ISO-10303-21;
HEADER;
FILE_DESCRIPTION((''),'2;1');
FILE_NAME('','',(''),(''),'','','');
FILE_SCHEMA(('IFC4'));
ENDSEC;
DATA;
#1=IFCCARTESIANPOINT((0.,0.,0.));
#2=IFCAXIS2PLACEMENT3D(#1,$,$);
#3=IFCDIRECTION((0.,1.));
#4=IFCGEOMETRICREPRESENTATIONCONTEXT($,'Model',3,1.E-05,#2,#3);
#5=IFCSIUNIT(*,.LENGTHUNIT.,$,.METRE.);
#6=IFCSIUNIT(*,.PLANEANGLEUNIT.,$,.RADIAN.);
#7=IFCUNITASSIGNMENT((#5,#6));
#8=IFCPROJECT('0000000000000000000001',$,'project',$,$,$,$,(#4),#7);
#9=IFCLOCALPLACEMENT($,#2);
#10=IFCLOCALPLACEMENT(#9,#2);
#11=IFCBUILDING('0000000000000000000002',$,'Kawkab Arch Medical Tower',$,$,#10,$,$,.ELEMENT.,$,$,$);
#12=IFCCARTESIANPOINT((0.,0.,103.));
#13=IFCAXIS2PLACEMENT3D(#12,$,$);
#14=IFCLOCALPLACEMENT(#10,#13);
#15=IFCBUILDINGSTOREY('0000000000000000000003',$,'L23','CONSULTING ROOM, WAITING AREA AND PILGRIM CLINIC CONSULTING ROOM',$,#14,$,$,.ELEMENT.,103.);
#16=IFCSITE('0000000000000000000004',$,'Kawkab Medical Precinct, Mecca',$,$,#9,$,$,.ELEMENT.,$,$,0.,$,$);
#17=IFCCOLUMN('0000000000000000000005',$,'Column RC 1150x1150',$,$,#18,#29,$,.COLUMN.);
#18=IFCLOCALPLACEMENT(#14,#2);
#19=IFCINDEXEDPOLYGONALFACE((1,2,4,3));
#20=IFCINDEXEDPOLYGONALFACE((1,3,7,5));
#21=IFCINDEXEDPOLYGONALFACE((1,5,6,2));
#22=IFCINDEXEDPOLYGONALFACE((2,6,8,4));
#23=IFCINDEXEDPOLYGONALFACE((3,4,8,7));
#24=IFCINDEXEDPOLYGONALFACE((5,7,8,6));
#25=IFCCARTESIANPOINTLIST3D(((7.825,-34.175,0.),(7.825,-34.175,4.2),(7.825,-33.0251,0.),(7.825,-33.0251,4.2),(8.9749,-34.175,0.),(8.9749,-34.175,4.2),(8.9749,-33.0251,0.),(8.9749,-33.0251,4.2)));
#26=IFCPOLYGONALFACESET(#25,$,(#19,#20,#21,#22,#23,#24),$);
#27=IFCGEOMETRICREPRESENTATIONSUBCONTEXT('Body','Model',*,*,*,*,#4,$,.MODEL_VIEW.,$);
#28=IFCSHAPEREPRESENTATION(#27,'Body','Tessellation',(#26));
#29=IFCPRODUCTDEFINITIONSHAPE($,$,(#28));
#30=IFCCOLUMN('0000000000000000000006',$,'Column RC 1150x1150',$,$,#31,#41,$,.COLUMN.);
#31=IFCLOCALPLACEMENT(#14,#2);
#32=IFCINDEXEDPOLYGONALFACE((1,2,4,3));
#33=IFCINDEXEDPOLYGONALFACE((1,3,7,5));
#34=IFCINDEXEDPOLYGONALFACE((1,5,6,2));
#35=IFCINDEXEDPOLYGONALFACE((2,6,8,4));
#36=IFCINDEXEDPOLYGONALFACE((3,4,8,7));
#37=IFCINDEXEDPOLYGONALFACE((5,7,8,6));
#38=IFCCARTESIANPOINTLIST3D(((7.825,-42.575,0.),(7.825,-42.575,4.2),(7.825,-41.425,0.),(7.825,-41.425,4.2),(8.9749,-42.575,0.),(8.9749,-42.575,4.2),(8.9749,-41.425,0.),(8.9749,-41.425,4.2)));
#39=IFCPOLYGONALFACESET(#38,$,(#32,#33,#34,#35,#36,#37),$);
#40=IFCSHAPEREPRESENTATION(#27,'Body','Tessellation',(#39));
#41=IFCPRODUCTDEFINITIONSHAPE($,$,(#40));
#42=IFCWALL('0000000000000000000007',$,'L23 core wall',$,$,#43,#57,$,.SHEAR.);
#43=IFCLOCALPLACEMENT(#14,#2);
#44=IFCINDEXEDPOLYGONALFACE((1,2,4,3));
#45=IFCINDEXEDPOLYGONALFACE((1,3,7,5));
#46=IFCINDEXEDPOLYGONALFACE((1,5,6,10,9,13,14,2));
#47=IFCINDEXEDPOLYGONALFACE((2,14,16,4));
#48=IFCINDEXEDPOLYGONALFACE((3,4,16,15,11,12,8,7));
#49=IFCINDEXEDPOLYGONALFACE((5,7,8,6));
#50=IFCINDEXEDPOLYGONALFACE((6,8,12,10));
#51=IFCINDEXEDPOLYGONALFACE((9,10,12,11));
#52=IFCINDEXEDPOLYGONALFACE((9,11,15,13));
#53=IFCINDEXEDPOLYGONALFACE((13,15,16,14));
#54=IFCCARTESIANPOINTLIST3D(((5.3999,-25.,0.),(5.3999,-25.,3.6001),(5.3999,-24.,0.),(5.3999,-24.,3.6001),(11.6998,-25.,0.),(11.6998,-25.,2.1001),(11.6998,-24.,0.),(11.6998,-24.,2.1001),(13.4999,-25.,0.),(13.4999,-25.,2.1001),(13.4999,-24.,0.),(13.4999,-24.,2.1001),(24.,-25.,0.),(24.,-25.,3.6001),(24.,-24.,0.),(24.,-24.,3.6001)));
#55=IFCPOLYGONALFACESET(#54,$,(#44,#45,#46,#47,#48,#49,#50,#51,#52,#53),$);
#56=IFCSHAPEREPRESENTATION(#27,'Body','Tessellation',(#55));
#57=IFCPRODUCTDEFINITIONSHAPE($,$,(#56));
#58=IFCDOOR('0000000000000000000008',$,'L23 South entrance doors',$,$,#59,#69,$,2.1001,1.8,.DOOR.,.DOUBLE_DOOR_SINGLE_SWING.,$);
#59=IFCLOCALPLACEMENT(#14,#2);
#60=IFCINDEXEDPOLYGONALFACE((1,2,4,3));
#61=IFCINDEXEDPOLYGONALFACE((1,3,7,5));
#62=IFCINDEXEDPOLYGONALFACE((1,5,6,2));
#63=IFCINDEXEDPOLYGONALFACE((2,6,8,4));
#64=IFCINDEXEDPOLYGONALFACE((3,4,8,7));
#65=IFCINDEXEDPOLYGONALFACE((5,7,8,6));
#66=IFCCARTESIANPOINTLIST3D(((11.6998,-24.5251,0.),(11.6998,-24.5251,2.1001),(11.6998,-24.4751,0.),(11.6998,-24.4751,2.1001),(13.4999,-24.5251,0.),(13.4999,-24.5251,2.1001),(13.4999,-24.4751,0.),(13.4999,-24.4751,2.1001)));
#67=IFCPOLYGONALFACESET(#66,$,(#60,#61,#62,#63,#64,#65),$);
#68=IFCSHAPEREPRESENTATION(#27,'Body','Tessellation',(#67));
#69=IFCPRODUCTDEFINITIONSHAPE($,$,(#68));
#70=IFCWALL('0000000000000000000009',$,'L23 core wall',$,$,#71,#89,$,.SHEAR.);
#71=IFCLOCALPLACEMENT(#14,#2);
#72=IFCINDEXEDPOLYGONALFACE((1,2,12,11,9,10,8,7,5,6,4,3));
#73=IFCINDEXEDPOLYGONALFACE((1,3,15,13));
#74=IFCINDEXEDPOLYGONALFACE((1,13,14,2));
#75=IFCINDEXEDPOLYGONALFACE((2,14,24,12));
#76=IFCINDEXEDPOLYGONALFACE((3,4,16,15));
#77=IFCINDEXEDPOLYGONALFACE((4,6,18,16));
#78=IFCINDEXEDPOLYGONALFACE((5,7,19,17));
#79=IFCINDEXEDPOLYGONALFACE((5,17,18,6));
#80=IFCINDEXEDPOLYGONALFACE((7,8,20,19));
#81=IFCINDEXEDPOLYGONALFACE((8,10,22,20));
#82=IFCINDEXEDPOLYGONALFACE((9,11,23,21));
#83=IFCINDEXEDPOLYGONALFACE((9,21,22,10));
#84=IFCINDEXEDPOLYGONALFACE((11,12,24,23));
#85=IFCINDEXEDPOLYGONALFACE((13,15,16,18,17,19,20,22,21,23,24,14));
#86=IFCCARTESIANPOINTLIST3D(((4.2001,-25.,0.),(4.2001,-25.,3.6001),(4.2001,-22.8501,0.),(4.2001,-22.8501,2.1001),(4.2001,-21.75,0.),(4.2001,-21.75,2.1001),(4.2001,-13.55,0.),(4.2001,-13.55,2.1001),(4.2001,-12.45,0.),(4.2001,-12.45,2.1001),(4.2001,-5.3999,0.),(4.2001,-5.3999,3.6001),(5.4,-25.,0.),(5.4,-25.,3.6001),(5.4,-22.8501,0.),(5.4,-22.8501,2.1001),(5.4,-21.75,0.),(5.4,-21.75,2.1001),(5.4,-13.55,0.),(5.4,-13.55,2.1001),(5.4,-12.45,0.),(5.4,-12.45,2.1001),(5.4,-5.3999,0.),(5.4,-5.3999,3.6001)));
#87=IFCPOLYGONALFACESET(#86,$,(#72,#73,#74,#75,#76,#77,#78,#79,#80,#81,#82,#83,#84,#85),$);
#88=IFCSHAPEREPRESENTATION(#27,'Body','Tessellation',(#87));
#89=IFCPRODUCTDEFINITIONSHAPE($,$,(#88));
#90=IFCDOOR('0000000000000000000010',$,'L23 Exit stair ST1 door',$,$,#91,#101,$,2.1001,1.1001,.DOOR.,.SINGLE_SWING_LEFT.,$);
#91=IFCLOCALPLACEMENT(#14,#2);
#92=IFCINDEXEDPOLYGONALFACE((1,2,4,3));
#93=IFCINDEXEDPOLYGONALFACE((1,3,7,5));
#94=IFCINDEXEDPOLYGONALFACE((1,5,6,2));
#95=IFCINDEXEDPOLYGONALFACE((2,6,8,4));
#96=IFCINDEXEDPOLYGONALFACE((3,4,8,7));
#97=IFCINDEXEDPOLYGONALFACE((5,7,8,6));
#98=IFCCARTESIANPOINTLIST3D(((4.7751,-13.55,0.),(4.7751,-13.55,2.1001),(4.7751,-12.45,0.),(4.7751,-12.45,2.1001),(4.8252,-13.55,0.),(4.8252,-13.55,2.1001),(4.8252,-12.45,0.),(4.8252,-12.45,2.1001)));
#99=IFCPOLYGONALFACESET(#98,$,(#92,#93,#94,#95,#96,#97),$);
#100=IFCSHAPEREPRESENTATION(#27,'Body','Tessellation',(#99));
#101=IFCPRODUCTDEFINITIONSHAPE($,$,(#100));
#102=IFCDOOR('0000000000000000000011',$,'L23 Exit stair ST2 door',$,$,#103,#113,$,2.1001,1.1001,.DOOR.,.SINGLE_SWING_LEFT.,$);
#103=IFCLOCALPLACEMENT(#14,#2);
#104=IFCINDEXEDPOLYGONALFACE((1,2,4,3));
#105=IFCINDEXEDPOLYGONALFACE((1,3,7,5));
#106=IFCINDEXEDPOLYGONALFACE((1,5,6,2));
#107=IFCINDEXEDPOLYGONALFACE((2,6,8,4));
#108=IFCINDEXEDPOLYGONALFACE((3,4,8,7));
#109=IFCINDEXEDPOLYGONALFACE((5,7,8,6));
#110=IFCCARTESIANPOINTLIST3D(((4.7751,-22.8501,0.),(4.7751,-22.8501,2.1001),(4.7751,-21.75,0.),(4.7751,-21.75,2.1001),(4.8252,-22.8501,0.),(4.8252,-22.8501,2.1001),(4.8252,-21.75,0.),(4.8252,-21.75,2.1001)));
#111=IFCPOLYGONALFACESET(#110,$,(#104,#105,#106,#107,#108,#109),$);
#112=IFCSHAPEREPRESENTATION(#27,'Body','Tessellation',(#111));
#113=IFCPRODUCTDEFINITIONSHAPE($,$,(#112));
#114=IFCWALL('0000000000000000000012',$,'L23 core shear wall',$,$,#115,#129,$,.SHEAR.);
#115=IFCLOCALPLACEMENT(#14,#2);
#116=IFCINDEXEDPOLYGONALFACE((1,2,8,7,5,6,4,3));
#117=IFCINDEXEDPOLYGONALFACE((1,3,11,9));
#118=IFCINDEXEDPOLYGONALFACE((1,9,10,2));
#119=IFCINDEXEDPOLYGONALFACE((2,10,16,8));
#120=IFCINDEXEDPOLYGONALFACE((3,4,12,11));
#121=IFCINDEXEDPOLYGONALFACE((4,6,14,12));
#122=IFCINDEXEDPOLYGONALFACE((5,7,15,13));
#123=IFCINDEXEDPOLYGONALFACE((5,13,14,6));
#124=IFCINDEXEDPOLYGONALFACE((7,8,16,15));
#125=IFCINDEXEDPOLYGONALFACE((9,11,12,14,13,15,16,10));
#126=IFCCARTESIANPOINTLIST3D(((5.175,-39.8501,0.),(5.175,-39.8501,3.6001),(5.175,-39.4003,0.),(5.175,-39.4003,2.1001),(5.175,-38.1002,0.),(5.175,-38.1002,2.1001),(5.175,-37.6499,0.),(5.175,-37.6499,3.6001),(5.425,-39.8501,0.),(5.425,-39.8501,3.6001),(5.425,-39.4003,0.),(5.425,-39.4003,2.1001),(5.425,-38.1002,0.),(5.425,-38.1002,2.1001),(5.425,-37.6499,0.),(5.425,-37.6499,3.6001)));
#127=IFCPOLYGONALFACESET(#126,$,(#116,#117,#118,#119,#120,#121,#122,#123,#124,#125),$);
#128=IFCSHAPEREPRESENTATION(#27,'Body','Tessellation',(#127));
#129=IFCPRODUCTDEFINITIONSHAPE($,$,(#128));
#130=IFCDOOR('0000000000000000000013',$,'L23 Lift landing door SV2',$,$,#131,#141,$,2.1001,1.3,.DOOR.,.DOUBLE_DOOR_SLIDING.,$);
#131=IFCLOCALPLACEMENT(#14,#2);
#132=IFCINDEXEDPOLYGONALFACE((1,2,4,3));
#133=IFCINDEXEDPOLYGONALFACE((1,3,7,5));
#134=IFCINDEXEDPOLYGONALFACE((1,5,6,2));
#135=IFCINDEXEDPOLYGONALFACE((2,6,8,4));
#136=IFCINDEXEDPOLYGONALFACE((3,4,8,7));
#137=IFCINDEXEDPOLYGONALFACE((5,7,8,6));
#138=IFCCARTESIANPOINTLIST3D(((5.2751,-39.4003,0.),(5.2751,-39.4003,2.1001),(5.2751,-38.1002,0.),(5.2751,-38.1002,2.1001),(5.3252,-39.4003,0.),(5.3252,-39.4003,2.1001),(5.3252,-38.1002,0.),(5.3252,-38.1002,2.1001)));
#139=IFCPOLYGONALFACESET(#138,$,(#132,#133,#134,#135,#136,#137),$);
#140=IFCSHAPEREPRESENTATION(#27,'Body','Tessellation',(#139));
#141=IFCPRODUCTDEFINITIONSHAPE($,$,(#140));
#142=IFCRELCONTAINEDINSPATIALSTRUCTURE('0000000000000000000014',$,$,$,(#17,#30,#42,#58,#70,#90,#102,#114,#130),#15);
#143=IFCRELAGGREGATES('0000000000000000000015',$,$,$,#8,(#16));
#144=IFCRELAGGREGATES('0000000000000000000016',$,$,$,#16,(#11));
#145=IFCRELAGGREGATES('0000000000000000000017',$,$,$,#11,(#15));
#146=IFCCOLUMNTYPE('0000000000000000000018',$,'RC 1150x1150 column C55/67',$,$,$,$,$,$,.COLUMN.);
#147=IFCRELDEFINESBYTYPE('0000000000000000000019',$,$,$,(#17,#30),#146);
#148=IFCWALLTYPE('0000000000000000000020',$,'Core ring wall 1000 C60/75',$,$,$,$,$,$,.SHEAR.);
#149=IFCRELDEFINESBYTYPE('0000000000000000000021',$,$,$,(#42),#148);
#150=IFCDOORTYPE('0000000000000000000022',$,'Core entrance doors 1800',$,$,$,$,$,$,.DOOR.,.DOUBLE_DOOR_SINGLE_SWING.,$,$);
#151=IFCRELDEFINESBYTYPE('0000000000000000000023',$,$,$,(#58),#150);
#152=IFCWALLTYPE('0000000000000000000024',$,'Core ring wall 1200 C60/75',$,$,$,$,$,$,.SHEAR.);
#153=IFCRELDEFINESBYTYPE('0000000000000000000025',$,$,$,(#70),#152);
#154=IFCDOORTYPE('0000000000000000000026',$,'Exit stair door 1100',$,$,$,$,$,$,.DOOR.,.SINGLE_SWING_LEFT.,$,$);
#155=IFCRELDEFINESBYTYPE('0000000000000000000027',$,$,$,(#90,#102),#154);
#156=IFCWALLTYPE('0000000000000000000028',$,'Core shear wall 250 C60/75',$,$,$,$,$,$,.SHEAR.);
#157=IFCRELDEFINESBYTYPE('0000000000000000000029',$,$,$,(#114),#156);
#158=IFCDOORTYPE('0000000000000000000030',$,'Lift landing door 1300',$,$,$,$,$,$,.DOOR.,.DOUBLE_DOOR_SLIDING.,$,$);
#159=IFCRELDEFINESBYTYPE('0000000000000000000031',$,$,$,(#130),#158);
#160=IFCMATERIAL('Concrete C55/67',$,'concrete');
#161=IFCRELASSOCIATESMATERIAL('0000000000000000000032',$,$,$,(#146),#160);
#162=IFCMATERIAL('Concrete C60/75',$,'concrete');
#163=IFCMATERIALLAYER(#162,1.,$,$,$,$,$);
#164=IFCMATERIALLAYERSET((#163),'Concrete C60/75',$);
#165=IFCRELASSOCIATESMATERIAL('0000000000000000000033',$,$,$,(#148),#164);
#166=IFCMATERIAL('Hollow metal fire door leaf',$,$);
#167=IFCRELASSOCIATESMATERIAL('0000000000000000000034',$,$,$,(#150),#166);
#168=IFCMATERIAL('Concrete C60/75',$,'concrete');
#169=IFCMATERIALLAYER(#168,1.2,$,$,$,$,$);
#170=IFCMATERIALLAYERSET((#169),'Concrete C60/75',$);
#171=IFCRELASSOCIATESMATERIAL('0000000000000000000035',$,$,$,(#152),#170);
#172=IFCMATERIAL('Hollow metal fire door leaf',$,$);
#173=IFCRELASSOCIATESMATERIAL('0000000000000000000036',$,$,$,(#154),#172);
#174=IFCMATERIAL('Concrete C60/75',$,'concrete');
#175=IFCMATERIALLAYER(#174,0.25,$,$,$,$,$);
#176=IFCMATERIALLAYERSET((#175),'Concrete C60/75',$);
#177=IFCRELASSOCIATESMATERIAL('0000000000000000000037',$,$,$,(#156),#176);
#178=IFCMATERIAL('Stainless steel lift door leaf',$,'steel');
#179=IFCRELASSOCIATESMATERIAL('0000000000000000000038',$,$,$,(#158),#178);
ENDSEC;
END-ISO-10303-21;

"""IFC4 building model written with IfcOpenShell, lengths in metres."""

from ifc_helpers import new_model, si_unit, direction, frame, frame_2d, origin, origin_2d, place, context, subcontext, project, spatial, rectangle, extrude, material, layer, layer_set, material_profile, profile_set, type_object, element, fill, save


model = new_model("IFC4")

# Units and contexts
model_context = context("Model", 3, precision=1e-05, world=origin(), true_north=direction((0.0, 1.0)))
body_context = subcontext(model_context, "Body", "Model", "MODEL_VIEW")
ifc_project = project(units=[si_unit("LENGTHUNIT", "METRE"), si_unit("PLANEANGLEUNIT", "RADIAN")], contexts=[model_context])

# Site, building, storey
site_placement = place(None, origin())
site = spatial("IfcSite", under=ifc_project, at=site_placement, Name="Kawkab Medical Precinct, Mecca", CompositionType="ELEMENT", RefElevation=0.0)
building_placement = place(site_placement, origin())
building = spatial("IfcBuilding", under=site, at=building_placement, Name="Kawkab Arch Medical Tower", CompositionType="ELEMENT")
storey_placement = place(building_placement, frame((0.0, 0.0, 103.0)))
storey = spatial("IfcBuildingStorey", under=building, at=storey_placement, Name="L23", Description="CONSULTING ROOM, WAITING AREA AND PILGRIM CLINIC CONSULTING ROOM", CompositionType="ELEMENT", Elevation=103.0)

# Columns
ifc_material_1 = material(Name="Concrete C55/67", Category="concrete")
ifc_material_profile = material_profile(ifc_material_1, rectangle(XDim=1.1499, YDim=1.1499, at=origin_2d()), Name="RC 1150x1150")
ifc_profile_set = profile_set([ifc_material_profile], Name="Concrete C55/67")
column_type = type_object("IfcColumnType", Name="RC 1150x1150 column C55/67", PredefinedType="COLUMN", material=ifc_profile_set)
for number, where, z_axis, x_axis, name in (
    (1, (8.3999, -33.6001, 0.0), (0.0, 0.0, 1.0), (1.0, 0.0, 0.0), "Column RC 1150x1150"),
    (2, (8.3999, -42.0, 0.0), (0.0, 0.0, 1.0), (1.0, 0.0, 0.0), "Column RC 1150x1150"),
):
    element("IfcColumn", number, at=place(storey_placement, frame(where, z_axis=z_axis, x_axis=x_axis)), inside=storey, type_object=column_type, Name=name, PredefinedType="COLUMN", context=body_context, shape_type="SweptSolid", body=[
        extrude(rectangle(XDim=1.1499, YDim=1.1499, at=origin_2d()), origin(), (0.0, 0.0, 1.0), 4.2),
    ])

# Wall, opening, door
ifc_material_2 = material(Name="Concrete C60/75", Category="concrete")
ifc_layer_1 = layer(ifc_material_2, 1.0)
ifc_layer_set_1 = layer_set([ifc_layer_1], Name="Concrete C60/75")
wall_type_1 = type_object("IfcWallType", Name="Core ring wall 1000 C60/75", PredefinedType="SHEAR", material=ifc_layer_set_1)
wall_1_placement = place(storey_placement, frame((5.3999, -24.5, 0.0), z_axis=(0.0, 0.0, 1.0), x_axis=(1.0, 0.0, 0.0)))
wall_1 = element("IfcWall", 3, at=wall_1_placement, inside=storey, type_object=wall_type_1, Name="L23 core wall", PredefinedType="SHEAR", context=body_context, shape_type="SweptSolid", body=[
    extrude(rectangle(XDim=18.6001, YDim=1.0, at=frame_2d((9.3, 0.0))), origin(), (0.0, 0.0, 1.0), 3.6001),
])
opening_1_placement = place(wall_1_placement, frame((6.3, 0.0, 0.0)))
opening_1 = element("IfcOpeningElement", 4, at=opening_1_placement, cuts=wall_1, PredefinedType="OPENING", context=body_context, shape_type="SweptSolid", body=[
    extrude(rectangle(XDim=1.8, YDim=2.1001, at=frame_2d((0.8999, 1.05))), frame((0.0, 0.51, 0.0), z_axis=(0.0, -1.0, 0.0), x_axis=(1.0, 0.0, 0.0)), (0.0, 0.0, 1.0), 1.02),
])
ifc_material_3 = material(Name="Hollow metal fire door leaf")
door_type_1 = type_object("IfcDoorType", Name="Core entrance doors 1800", OperationType="DOUBLE_DOOR_SINGLE_SWING", PredefinedType="DOOR", material=ifc_material_3)
door_1_placement = place(opening_1_placement, origin())
door_1 = element("IfcDoor", 5, at=door_1_placement, inside=storey, type_object=door_type_1, Name="L23 South entrance doors", OperationType="DOUBLE_DOOR_SINGLE_SWING", OverallHeight=2.1001, OverallWidth=1.8, PredefinedType="DOOR", context=body_context, shape_type="SweptSolid", body=[
    extrude(rectangle(XDim=1.8, YDim=2.1001, at=frame_2d((0.8999, 1.05))), frame((0.0, 0.0249, 0.0), z_axis=(0.0, -1.0, 0.0), x_axis=(1.0, 0.0, 0.0)), (0.0, 0.0, 1.0), 0.05),
])
fill(opening_1, door_1)

# Wall, openings, doors
ifc_material_4 = material(Name="Concrete C60/75", Category="concrete")
ifc_layer_2 = layer(ifc_material_4, 1.2)
ifc_layer_set_2 = layer_set([ifc_layer_2], Name="Concrete C60/75")
wall_type_2 = type_object("IfcWallType", Name="Core ring wall 1200 C60/75", PredefinedType="SHEAR", material=ifc_layer_set_2)
wall_2_placement = place(storey_placement, frame((4.8, -25.0, 0.0), z_axis=(0.0, 0.0, 1.0), x_axis=(0.0, 1.0, 0.0)))
wall_2 = element("IfcWall", 6, at=wall_2_placement, inside=storey, type_object=wall_type_2, Name="L23 core wall", PredefinedType="SHEAR", context=body_context, shape_type="SweptSolid", body=[
    extrude(rectangle(XDim=19.6001, YDim=1.2, at=frame_2d((9.8, 0.0))), origin(), (0.0, 0.0, 1.0), 3.6001),
])
opening_2_placement = place(wall_2_placement, frame((11.45, 0.0, 0.0)))
opening_2 = element("IfcOpeningElement", 7, at=opening_2_placement, cuts=wall_2, PredefinedType="OPENING", context=body_context, shape_type="SweptSolid", body=[
    extrude(rectangle(XDim=1.1001, YDim=2.1001, at=frame_2d((0.55, 1.05))), frame((0.0, 0.6099, 0.0), z_axis=(0.0, -1.0, 0.0), x_axis=(1.0, 0.0, 0.0)), (0.0, 0.0, 1.0), 1.22),
])
opening_3_placement = place(wall_2_placement, frame((2.1499, 0.0, 0.0)))
opening_3 = element("IfcOpeningElement", 8, at=opening_3_placement, cuts=wall_2, PredefinedType="OPENING", context=body_context, shape_type="SweptSolid", body=[
    extrude(rectangle(XDim=1.1001, YDim=2.1001, at=frame_2d((0.55, 1.05))), frame((0.0, 0.6099, 0.0), z_axis=(0.0, -1.0, 0.0), x_axis=(1.0, 0.0, 0.0)), (0.0, 0.0, 1.0), 1.22),
])
ifc_material_5 = material(Name="Hollow metal fire door leaf")
door_type_2 = type_object("IfcDoorType", Name="Exit stair door 1100", OperationType="SINGLE_SWING_LEFT", PredefinedType="DOOR", material=ifc_material_5)
door_2_placement = place(opening_2_placement, origin())
door_2 = element("IfcDoor", 9, at=door_2_placement, inside=storey, type_object=door_type_2, Name="L23 Exit stair ST1 door", OperationType="SINGLE_SWING_LEFT", OverallHeight=2.1001, OverallWidth=1.1001, PredefinedType="DOOR", context=body_context, shape_type="SweptSolid", body=[
    extrude(rectangle(XDim=1.1001, YDim=2.1001, at=frame_2d((0.55, 1.05))), frame((0.0, 0.0249, 0.0), z_axis=(0.0, -1.0, 0.0), x_axis=(1.0, 0.0, 0.0)), (0.0, 0.0, 1.0), 0.05),
])
fill(opening_2, door_2)
door_3_placement = place(opening_3_placement, origin())
door_3 = element("IfcDoor", 10, at=door_3_placement, inside=storey, type_object=door_type_2, Name="L23 Exit stair ST2 door", OperationType="SINGLE_SWING_LEFT", OverallHeight=2.1001, OverallWidth=1.1001, PredefinedType="DOOR", context=body_context, shape_type="SweptSolid", body=[
    extrude(rectangle(XDim=1.1001, YDim=2.1001, at=frame_2d((0.55, 1.05))), frame((0.0, 0.0249, 0.0), z_axis=(0.0, -1.0, 0.0), x_axis=(1.0, 0.0, 0.0)), (0.0, 0.0, 1.0), 0.05),
])
fill(opening_3, door_3)

# Wall, opening, door
ifc_material_6 = material(Name="Concrete C60/75", Category="concrete")
ifc_layer_3 = layer(ifc_material_6, 0.25)
ifc_layer_set_3 = layer_set([ifc_layer_3], Name="Concrete C60/75")
wall_type_3 = type_object("IfcWallType", Name="Core shear wall 250 C60/75", PredefinedType="SHEAR", material=ifc_layer_set_3)
wall_3_placement = place(storey_placement, frame((5.3, -39.8501, 0.0), z_axis=(0.0, 0.0, 1.0), x_axis=(0.0, 1.0, 0.0)))
wall_3 = element("IfcWall", 11, at=wall_3_placement, inside=storey, type_object=wall_type_3, Name="L23 core shear wall", PredefinedType="SHEAR", context=body_context, shape_type="SweptSolid", body=[
    extrude(rectangle(XDim=2.2002, YDim=0.25, at=frame_2d((1.1001, 0.0))), origin(), (0.0, 0.0, 1.0), 3.6001),
])
opening_4_placement = place(wall_3_placement, frame((0.45, 0.0, 0.0)))
opening_4 = element("IfcOpeningElement", 12, at=opening_4_placement, cuts=wall_3, PredefinedType="OPENING", context=body_context, shape_type="SweptSolid", body=[
    extrude(rectangle(XDim=1.3, YDim=2.1001, at=frame_2d((0.6499, 1.05))), frame((0.0, 0.135, 0.0), z_axis=(0.0, -1.0, 0.0), x_axis=(1.0, 0.0, 0.0)), (0.0, 0.0, 1.0), 0.27),
])
ifc_material_7 = material(Name="Stainless steel lift door leaf", Category="steel")
door_type_3 = type_object("IfcDoorType", Name="Lift landing door 1300", OperationType="DOUBLE_DOOR_SLIDING", PredefinedType="DOOR", material=ifc_material_7)
door_4_placement = place(opening_4_placement, origin())
door_4 = element("IfcDoor", 13, at=door_4_placement, inside=storey, type_object=door_type_3, Name="L23 Lift landing door SV2", OperationType="DOUBLE_DOOR_SLIDING", OverallHeight=2.1001, OverallWidth=1.3, PredefinedType="DOOR", context=body_context, shape_type="SweptSolid", body=[
    extrude(rectangle(XDim=1.3, YDim=2.1001, at=frame_2d((0.6499, 1.05))), frame((0.0, 0.0249, 0.0), z_axis=(0.0, -1.0, 0.0), x_axis=(1.0, 0.0, 0.0)), (0.0, 0.0, 1.0), 0.05),
])
fill(opening_4, door_4)

save(model, "model.ifc")
